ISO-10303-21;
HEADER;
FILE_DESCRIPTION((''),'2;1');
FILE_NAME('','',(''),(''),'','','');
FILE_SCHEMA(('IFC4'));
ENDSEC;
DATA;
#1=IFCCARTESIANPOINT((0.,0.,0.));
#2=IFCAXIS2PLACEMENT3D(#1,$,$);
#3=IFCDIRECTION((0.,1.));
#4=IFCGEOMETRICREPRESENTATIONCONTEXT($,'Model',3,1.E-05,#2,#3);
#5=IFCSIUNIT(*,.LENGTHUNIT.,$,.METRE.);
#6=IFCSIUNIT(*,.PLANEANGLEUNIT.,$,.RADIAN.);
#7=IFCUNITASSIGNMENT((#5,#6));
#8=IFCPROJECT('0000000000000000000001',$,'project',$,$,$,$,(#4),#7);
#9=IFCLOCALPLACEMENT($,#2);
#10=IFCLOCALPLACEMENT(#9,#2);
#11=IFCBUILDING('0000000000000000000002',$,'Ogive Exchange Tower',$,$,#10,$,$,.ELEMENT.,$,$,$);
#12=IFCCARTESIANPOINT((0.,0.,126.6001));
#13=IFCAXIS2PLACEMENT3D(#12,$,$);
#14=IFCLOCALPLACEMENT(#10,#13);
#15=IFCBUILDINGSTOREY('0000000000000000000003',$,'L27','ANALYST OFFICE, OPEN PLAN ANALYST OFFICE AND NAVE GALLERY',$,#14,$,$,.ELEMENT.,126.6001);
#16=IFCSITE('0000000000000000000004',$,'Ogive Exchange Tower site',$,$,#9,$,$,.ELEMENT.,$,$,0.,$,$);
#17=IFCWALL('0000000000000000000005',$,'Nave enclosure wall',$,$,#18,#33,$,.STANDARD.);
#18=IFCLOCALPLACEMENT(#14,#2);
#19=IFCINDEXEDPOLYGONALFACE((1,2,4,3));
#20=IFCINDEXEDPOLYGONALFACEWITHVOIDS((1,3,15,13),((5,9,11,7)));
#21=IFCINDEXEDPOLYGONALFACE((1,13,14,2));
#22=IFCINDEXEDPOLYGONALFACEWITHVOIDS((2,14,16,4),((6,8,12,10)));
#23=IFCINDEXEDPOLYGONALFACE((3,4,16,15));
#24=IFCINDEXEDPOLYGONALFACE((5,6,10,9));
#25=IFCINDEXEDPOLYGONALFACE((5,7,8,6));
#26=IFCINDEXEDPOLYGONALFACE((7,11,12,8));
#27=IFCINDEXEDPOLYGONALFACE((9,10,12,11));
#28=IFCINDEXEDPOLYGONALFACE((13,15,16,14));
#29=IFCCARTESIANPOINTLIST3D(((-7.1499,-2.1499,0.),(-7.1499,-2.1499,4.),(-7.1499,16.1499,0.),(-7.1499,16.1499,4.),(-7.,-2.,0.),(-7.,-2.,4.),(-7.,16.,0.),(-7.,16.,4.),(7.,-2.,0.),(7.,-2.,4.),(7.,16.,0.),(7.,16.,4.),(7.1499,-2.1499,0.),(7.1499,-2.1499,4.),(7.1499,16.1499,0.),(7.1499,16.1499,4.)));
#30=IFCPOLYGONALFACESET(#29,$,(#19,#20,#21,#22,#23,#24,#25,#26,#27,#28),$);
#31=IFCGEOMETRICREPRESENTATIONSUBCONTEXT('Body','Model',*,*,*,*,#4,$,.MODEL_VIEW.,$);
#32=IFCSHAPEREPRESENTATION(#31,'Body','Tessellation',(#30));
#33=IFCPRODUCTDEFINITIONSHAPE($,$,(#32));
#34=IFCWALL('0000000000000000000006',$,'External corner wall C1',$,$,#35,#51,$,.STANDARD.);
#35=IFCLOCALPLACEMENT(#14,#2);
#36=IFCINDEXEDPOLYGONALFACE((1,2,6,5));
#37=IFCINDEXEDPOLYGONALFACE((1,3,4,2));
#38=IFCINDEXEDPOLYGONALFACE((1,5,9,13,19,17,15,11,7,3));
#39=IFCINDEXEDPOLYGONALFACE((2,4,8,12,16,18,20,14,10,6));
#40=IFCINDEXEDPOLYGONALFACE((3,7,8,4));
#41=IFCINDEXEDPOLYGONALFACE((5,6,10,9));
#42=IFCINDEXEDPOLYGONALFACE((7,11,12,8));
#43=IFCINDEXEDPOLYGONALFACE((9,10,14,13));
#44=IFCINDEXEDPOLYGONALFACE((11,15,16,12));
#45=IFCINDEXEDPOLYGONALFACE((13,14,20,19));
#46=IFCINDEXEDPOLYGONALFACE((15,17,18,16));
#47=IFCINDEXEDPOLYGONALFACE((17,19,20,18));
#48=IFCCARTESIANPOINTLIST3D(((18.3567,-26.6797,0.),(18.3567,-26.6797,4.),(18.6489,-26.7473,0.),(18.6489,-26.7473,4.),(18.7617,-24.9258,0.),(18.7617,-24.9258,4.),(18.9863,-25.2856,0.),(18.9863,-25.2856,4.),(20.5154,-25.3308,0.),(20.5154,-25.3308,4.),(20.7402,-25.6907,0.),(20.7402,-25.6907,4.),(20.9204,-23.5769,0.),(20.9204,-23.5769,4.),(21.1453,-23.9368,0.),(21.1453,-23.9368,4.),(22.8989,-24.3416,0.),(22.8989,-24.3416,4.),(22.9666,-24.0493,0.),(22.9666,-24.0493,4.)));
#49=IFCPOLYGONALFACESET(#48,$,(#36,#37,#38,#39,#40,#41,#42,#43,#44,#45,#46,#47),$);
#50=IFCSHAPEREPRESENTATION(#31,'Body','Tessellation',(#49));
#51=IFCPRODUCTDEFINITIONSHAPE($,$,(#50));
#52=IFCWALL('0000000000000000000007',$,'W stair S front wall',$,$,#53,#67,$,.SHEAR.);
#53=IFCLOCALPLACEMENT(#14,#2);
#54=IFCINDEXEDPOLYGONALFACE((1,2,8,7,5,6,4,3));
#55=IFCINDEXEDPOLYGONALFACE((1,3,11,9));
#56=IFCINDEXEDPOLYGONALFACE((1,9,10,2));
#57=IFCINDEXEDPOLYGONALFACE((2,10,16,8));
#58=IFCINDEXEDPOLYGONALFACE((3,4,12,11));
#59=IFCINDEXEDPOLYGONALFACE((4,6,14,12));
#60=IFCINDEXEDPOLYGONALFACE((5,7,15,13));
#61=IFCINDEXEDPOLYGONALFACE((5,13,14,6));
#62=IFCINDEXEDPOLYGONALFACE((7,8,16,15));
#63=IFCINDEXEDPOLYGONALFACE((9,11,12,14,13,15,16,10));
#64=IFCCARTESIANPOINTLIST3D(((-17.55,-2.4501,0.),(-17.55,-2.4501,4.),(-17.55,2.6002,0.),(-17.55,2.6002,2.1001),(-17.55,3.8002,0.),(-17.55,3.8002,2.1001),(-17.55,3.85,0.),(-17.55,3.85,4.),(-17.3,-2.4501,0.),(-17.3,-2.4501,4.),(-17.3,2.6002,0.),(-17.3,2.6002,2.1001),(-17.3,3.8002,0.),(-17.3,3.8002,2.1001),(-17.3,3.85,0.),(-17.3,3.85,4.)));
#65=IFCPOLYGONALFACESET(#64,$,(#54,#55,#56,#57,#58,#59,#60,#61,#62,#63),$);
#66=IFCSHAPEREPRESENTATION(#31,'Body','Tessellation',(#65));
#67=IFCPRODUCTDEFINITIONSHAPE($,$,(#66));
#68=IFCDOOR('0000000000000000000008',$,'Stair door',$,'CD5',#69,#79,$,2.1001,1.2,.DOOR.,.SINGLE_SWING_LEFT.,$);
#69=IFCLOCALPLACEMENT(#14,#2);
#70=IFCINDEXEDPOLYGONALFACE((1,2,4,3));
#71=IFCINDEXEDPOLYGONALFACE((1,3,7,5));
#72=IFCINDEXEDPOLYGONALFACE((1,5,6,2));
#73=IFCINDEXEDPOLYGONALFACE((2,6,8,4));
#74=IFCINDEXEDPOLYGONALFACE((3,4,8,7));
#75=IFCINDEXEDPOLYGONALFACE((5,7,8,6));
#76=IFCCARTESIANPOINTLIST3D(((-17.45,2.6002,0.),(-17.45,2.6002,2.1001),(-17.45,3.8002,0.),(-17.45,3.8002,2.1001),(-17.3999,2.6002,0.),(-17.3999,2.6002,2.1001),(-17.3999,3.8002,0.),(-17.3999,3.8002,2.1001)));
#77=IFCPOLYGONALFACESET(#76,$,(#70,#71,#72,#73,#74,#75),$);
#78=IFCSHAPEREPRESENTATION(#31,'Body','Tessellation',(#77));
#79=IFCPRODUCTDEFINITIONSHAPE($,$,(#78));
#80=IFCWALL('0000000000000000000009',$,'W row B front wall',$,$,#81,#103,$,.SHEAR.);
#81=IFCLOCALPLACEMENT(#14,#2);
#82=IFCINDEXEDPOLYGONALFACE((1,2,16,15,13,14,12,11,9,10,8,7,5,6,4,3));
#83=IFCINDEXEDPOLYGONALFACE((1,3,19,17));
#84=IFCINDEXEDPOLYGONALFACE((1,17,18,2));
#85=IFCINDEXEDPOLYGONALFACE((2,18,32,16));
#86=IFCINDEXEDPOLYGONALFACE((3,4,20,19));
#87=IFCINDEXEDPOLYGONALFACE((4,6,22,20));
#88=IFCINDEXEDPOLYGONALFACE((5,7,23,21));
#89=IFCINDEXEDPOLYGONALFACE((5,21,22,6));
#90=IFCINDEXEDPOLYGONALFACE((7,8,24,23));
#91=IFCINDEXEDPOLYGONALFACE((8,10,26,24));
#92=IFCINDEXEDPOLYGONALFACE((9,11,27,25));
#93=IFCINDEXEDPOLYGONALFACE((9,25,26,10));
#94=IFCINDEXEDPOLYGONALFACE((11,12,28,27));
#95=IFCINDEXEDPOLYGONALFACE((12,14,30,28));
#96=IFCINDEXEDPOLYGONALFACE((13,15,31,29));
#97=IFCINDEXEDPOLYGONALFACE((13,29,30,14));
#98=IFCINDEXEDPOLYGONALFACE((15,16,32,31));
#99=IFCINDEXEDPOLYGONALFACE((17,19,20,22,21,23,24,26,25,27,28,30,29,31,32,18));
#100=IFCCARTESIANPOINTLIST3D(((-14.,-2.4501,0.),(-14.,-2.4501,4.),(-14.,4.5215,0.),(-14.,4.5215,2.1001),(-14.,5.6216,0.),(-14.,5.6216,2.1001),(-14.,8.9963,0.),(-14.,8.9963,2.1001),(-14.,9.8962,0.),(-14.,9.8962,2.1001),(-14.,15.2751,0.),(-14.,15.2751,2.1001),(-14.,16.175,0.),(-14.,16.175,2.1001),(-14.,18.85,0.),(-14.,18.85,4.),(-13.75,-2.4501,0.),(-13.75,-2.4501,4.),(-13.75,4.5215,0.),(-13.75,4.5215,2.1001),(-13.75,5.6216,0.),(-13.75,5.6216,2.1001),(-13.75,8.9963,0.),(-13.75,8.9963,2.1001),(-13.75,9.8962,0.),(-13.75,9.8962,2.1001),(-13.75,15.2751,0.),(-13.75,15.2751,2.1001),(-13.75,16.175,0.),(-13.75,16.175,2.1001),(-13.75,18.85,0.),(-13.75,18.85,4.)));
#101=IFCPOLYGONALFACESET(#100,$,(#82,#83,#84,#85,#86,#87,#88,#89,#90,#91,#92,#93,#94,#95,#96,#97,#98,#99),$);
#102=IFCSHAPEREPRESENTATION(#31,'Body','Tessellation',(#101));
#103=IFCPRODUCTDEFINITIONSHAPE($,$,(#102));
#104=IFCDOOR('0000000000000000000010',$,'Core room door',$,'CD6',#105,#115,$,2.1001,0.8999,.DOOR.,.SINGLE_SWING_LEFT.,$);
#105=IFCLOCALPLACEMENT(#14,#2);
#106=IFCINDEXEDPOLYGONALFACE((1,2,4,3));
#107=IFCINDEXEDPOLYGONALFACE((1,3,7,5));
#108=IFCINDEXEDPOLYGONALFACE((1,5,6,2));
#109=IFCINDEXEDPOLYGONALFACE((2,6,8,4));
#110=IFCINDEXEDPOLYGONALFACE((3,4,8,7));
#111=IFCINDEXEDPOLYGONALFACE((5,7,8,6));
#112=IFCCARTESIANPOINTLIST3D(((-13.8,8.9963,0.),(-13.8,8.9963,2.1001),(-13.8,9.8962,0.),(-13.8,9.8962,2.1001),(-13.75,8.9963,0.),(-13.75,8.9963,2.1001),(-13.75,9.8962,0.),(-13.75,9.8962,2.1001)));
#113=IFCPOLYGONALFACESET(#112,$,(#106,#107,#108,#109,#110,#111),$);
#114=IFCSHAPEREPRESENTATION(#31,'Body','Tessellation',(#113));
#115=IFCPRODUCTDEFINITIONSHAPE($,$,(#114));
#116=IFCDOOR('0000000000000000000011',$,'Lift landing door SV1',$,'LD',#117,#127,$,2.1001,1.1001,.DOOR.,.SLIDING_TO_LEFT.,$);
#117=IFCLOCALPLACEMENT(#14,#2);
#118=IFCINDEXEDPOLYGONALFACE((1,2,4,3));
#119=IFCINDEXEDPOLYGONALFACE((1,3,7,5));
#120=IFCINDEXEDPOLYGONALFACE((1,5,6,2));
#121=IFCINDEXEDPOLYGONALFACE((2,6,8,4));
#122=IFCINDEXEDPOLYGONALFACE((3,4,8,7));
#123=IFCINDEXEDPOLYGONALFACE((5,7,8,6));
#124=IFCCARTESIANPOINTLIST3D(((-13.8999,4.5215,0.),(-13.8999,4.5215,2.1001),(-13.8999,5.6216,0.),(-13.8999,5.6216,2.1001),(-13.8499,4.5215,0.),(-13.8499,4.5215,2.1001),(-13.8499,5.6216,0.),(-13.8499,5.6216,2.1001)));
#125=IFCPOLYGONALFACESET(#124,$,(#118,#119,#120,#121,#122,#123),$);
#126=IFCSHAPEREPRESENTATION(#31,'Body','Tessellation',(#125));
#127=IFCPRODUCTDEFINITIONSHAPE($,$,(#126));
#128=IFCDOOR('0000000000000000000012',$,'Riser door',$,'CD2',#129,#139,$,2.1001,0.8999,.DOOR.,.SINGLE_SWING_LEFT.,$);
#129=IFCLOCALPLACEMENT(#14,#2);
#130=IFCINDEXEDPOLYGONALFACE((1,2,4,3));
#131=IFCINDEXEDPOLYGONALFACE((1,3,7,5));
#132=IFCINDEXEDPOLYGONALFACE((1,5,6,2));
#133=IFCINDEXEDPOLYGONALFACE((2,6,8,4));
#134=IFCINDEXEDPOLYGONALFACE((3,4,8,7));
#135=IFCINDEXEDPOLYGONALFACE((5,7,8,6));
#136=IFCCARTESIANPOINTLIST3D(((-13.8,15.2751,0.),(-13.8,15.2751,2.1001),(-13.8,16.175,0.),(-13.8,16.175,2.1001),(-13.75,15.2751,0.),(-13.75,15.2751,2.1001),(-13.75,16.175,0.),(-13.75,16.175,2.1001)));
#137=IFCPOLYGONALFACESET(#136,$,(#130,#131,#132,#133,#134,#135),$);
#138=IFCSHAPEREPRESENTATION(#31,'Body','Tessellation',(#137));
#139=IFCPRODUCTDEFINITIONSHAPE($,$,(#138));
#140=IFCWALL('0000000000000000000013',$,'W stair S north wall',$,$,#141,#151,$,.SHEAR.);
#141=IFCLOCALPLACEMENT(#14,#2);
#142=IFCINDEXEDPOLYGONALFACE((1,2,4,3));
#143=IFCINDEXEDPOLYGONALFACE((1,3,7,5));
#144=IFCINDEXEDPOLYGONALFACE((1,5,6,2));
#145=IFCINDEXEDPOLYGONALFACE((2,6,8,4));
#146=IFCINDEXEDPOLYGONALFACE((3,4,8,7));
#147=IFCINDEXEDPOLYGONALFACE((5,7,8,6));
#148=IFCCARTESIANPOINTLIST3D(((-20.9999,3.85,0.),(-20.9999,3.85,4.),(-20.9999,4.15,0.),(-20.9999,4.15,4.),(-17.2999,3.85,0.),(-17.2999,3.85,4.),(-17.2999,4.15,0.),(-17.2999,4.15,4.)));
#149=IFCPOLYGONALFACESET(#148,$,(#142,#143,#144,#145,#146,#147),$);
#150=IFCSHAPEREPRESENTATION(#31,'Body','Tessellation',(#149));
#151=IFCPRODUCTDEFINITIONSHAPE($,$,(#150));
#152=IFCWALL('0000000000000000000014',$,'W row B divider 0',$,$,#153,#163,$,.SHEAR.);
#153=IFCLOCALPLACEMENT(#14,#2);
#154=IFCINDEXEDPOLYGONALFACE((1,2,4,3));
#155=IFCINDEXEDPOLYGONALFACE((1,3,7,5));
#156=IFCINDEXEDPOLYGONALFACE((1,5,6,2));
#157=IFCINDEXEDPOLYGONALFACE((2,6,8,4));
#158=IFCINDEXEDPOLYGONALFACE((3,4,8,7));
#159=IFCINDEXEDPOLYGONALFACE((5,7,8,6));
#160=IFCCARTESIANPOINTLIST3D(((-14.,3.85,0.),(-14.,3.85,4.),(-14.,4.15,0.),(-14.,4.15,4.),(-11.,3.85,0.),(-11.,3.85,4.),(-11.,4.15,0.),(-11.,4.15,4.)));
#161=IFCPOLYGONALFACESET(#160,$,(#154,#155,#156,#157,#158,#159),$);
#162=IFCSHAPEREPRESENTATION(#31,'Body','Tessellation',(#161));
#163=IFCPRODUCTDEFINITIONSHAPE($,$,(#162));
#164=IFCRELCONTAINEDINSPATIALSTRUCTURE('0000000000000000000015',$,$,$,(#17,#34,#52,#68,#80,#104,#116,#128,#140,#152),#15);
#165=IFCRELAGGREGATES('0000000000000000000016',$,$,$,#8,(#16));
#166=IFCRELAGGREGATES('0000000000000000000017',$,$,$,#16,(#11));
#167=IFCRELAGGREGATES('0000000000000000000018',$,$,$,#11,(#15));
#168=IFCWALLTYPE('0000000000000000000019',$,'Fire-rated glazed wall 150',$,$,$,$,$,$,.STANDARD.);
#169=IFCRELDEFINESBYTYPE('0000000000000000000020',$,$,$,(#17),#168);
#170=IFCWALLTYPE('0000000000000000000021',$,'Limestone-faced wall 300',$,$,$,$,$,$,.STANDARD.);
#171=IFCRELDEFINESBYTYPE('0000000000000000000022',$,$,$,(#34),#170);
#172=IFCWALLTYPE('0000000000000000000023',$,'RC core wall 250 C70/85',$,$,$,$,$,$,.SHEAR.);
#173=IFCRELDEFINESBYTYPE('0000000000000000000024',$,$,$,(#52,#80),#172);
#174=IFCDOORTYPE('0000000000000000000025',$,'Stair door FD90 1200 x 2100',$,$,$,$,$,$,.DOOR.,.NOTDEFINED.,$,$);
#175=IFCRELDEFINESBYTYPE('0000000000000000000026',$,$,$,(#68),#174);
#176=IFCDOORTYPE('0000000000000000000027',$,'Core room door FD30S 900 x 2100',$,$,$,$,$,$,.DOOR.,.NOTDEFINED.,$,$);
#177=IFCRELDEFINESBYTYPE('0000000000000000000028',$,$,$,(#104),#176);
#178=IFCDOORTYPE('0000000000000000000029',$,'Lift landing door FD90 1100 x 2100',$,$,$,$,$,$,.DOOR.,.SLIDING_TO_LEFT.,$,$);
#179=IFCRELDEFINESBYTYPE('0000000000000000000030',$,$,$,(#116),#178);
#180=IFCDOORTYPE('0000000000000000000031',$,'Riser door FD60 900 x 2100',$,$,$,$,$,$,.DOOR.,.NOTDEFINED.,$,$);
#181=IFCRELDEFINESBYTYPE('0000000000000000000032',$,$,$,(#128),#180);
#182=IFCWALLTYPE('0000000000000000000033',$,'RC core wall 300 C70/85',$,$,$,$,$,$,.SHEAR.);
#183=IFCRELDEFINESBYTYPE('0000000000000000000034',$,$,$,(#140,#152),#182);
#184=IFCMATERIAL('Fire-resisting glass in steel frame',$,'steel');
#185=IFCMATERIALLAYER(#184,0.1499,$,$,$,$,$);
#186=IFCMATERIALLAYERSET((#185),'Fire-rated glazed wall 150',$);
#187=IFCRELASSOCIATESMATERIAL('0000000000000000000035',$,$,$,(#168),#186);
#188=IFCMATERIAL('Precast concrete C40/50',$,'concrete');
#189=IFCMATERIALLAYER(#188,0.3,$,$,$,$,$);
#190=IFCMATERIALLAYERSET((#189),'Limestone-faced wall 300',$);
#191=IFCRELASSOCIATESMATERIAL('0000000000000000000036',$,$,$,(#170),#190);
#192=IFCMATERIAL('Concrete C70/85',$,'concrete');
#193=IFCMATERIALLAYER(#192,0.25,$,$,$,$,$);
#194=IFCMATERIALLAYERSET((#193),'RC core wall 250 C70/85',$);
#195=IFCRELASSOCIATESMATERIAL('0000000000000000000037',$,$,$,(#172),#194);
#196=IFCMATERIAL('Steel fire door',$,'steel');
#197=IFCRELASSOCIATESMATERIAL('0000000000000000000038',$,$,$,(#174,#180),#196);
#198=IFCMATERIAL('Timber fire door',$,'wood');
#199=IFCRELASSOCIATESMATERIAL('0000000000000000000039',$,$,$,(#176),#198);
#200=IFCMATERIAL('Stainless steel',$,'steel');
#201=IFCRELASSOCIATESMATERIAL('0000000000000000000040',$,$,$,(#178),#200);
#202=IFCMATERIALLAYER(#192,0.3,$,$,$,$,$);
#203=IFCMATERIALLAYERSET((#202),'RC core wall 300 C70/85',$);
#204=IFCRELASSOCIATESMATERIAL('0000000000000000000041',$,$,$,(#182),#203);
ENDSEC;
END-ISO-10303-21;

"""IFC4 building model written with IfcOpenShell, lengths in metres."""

from ifc_helpers import new_model, si_unit, direction, frame, frame_2d, origin, place, context, subcontext, project, spatial, polyline, rectangle, outline, extrude, material, layer, layer_set, type_object, element, fill, save


model = new_model("IFC4")

# Units and contexts
model_context = context("Model", 3, precision=1e-05, world=origin(), true_north=direction((0.0, 1.0)))
body_context = subcontext(model_context, "Body", "Model", "MODEL_VIEW")
ifc_project = project(units=[si_unit("LENGTHUNIT", "METRE"), si_unit("PLANEANGLEUNIT", "RADIAN")], contexts=[model_context])

# Site, building, storey
site_placement = place(None, origin())
site = spatial("IfcSite", under=ifc_project, at=site_placement, Name="Ogive Exchange Tower site", CompositionType="ELEMENT", RefElevation=0.0)
building_placement = place(site_placement, origin())
building = spatial("IfcBuilding", under=site, at=building_placement, Name="Ogive Exchange Tower", CompositionType="ELEMENT")
storey_placement = place(building_placement, frame((0.0, 0.0, 126.6001)))
storey = spatial("IfcBuildingStorey", under=building, at=storey_placement, Name="L27", Description="ANALYST OFFICE, OPEN PLAN ANALYST OFFICE AND NAVE GALLERY", CompositionType="ELEMENT", Elevation=126.6001)

# Walls
ifc_material_1 = material(Name="Fire-resisting glass in steel frame", Category="steel")
ifc_layer_1 = layer(ifc_material_1, 0.1499)
ifc_layer_set_1 = layer_set([ifc_layer_1], Name="Fire-rated glazed wall 150")
wall_type_1 = type_object("IfcWallType", Name="Fire-rated glazed wall 150", PredefinedType="STANDARD", material=ifc_layer_set_1)
wall_1_placement = place(storey_placement, origin())
element("IfcWall", 1, at=wall_1_placement, inside=storey, type_object=wall_type_1, Name="Nave enclosure wall", PredefinedType="STANDARD", context=body_context, shape_type="SweptSolid", body=[
    extrude(outline(polyline([(-7.1499, -2.1499), (7.1499, -2.1499), (7.1499, 16.1499), (-7.1499, 16.1499), (-7.1499, -2.1499)]), holes=[polyline([(-7.0, -2.0), (-7.0, 16.0), (7.0, 16.0), (7.0, -2.0), (-7.0, -2.0)])]), origin(), (0.0, 0.0, 1.0), 4.0),
])
ifc_material_2 = material(Name="Precast concrete C40/50", Category="concrete")
ifc_layer_2 = layer(ifc_material_2, 0.3)
ifc_layer_set_2 = layer_set([ifc_layer_2], Name="Limestone-faced wall 300")
wall_type_2 = type_object("IfcWallType", Name="Limestone-faced wall 300", PredefinedType="STANDARD", material=ifc_layer_set_2)
wall_2_placement = place(storey_placement, origin())
element("IfcWall", 2, at=wall_2_placement, inside=storey, type_object=wall_type_2, Name="External corner wall C1", PredefinedType="STANDARD", context=body_context, shape_type="SweptSolid", body=[
    extrude(outline(polyline([(20.5154, -25.3308), (20.9204, -23.5769), (22.9666, -24.0493), (22.8989, -24.3416), (21.1453, -23.9368), (20.7402, -25.6907), (18.9863, -25.2856), (18.6489, -26.7473), (18.3567, -26.6797), (18.7617, -24.9258), (20.5154, -25.3308)])), origin(), (0.0, 0.0, 1.0), 4.0),
])

# Wall, opening, door
ifc_material_3 = material(Name="Concrete C70/85", Category="concrete")
ifc_layer_3 = layer(ifc_material_3, 0.25)
ifc_layer_set_3 = layer_set([ifc_layer_3], Name="RC core wall 250 C70/85")
wall_type_3 = type_object("IfcWallType", Name="RC core wall 250 C70/85", PredefinedType="SHEAR", material=ifc_layer_set_3)
wall_3_placement = place(storey_placement, frame((-17.425, -2.45, 0.0), z_axis=(0.0, 0.0, 1.0), x_axis=(0.0, 1.0, 0.0)))
wall_3 = element("IfcWall", 3, at=wall_3_placement, inside=storey, type_object=wall_type_3, Name="W stair S front wall", PredefinedType="SHEAR", context=body_context, shape_type="SweptSolid", body=[
    extrude(rectangle(XDim=6.3, YDim=0.25, at=frame_2d((3.1499, 0.0))), origin(), (0.0, 0.0, 1.0), 4.0),
])
opening_1_placement = place(wall_3_placement, frame((5.05, 0.0, 0.0)))
opening_1 = element("IfcOpeningElement", 4, at=opening_1_placement, cuts=wall_3, PredefinedType="OPENING", context=body_context, shape_type="SweptSolid", body=[
    extrude(rectangle(XDim=1.2, YDim=2.1001, at=frame_2d((0.6001, 1.05))), frame((0.0, 0.135, 0.0), z_axis=(0.0, -1.0, 0.0), x_axis=(1.0, 0.0, 0.0)), (0.0, 0.0, 1.0), 0.27),
])
ifc_material_4 = material(Name="Steel fire door", Category="steel")
door_type_1 = type_object("IfcDoorType", Name="Stair door FD90 1200 x 2100", OperationType="NOTDEFINED", PredefinedType="DOOR", material=ifc_material_4)
door_1_placement = place(opening_1_placement, origin())
door_1 = element("IfcDoor", 5, at=door_1_placement, inside=storey, type_object=door_type_1, Name="Stair door", ObjectType="CD5", OperationType="SINGLE_SWING_LEFT", OverallHeight=2.1001, OverallWidth=1.2, PredefinedType="DOOR", context=body_context, shape_type="SweptSolid", body=[
    extrude(rectangle(XDim=1.2, YDim=2.1001, at=frame_2d((0.6001, 1.05))), frame((0.0, 0.0249, 0.0), z_axis=(0.0, -1.0, 0.0), x_axis=(1.0, 0.0, 0.0)), (0.0, 0.0, 1.0), 0.05),
])
fill(opening_1, door_1)

# Wall, openings, doors
wall_4_placement = place(storey_placement, frame((-13.875, -2.45, 0.0), z_axis=(0.0, 0.0, 1.0), x_axis=(0.0, 1.0, 0.0)))
wall_4 = element("IfcWall", 6, at=wall_4_placement, inside=storey, type_object=wall_type_3, Name="W row B front wall", PredefinedType="SHEAR", context=body_context, shape_type="SweptSolid", body=[
    extrude(rectangle(XDim=21.3, YDim=0.25, at=frame_2d((10.6499, 0.0))), origin(), (0.0, 0.0, 1.0), 4.0),
])
opening_2_placement = place(wall_4_placement, frame((11.4463, 0.0, 0.0)))
opening_2 = element("IfcOpeningElement", 7, at=opening_2_placement, cuts=wall_4, PredefinedType="OPENING", context=body_context, shape_type="SweptSolid", body=[
    extrude(rectangle(XDim=0.8999, YDim=2.1001, at=frame_2d((0.45, 1.05))), frame((0.0, 0.135, 0.0), z_axis=(0.0, -1.0, 0.0), x_axis=(1.0, 0.0, 0.0)), (0.0, 0.0, 1.0), 0.27),
])
opening_3_placement = place(wall_4_placement, frame((17.7251, 0.0, 0.0)))
opening_3 = element("IfcOpeningElement", 8, at=opening_3_placement, cuts=wall_4, PredefinedType="OPENING", context=body_context, shape_type="SweptSolid", body=[
    extrude(rectangle(XDim=0.8999, YDim=2.1001, at=frame_2d((0.45, 1.05))), frame((0.0, 0.135, 0.0), z_axis=(0.0, -1.0, 0.0), x_axis=(1.0, 0.0, 0.0)), (0.0, 0.0, 1.0), 0.27),
])
opening_4_placement = place(wall_4_placement, frame((6.9714, 0.0, 0.0)))
opening_4 = element("IfcOpeningElement", 9, at=opening_4_placement, cuts=wall_4, PredefinedType="OPENING", context=body_context, shape_type="SweptSolid", body=[
    extrude(rectangle(XDim=1.1001, YDim=2.1001, at=frame_2d((0.55, 1.05))), frame((0.0, 0.135, 0.0), z_axis=(0.0, -1.0, 0.0), x_axis=(1.0, 0.0, 0.0)), (0.0, 0.0, 1.0), 0.27),
])
ifc_material_5 = material(Name="Timber fire door", Category="wood")
door_type_2 = type_object("IfcDoorType", Name="Core room door FD30S 900 x 2100", OperationType="NOTDEFINED", PredefinedType="DOOR", material=ifc_material_5)
door_2_placement = place(opening_2_placement, frame((0.8999, -0.2002, 0.0), z_axis=(0.0, 0.0, 1.0), x_axis=(-1.0, 0.0, 0.0)))
door_2 = element("IfcDoor", 10, at=door_2_placement, inside=storey, type_object=door_type_2, Name="Core room door", ObjectType="CD6", OperationType="SINGLE_SWING_LEFT", OverallHeight=2.1001, OverallWidth=0.8999, PredefinedType="DOOR", context=body_context, shape_type="SweptSolid", body=[
    extrude(rectangle(XDim=0.8999, YDim=2.1001, at=frame_2d((0.45, 1.05))), frame((0.0, -0.0752, 0.0), z_axis=(0.0, -1.0, 0.0), x_axis=(1.0, 0.0, 0.0)), (0.0, 0.0, 1.0), 0.05),
])
fill(opening_2, door_2)
ifc_material_6 = material(Name="Stainless steel", Category="steel")
door_type_3 = type_object("IfcDoorType", Name="Lift landing door FD90 1100 x 2100", OperationType="SLIDING_TO_LEFT", PredefinedType="DOOR", material=ifc_material_6)
door_3_placement = place(opening_4_placement, origin())
door_3 = element("IfcDoor", 11, at=door_3_placement, inside=storey, type_object=door_type_3, Name="Lift landing door SV1", ObjectType="LD", OperationType="SLIDING_TO_LEFT", OverallHeight=2.1001, OverallWidth=1.1001, PredefinedType="DOOR", context=body_context, shape_type="SweptSolid", body=[
    extrude(rectangle(XDim=1.1001, YDim=2.1001, at=frame_2d((0.55, 1.05))), frame((0.0, 0.0249, 0.0), z_axis=(0.0, -1.0, 0.0), x_axis=(1.0, 0.0, 0.0)), (0.0, 0.0, 1.0), 0.05),
])
fill(opening_4, door_3)
door_type_4 = type_object("IfcDoorType", Name="Riser door FD60 900 x 2100", OperationType="NOTDEFINED", PredefinedType="DOOR", material=ifc_material_4)
door_4_placement = place(opening_3_placement, frame((0.8999, -0.2002, 0.0), z_axis=(0.0, 0.0, 1.0), x_axis=(-1.0, 0.0, 0.0)))
door_4 = element("IfcDoor", 12, at=door_4_placement, inside=storey, type_object=door_type_4, Name="Riser door", ObjectType="CD2", OperationType="SINGLE_SWING_LEFT", OverallHeight=2.1001, OverallWidth=0.8999, PredefinedType="DOOR", context=body_context, shape_type="SweptSolid", body=[
    extrude(rectangle(XDim=0.8999, YDim=2.1001, at=frame_2d((0.45, 1.05))), frame((0.0, -0.0752, 0.0), z_axis=(0.0, -1.0, 0.0), x_axis=(1.0, 0.0, 0.0)), (0.0, 0.0, 1.0), 0.05),
])
fill(opening_3, door_4)

# Walls
ifc_layer_4 = layer(ifc_material_3, 0.3)
ifc_layer_set_4 = layer_set([ifc_layer_4], Name="RC core wall 300 C70/85")
wall_type_4 = type_object("IfcWallType", Name="RC core wall 300 C70/85", PredefinedType="SHEAR", material=ifc_layer_set_4)
wall_5_placement = place(storey_placement, frame((-21.0, 4.0, 0.0), z_axis=(0.0, 0.0, 1.0), x_axis=(1.0, 0.0, 0.0)))
element("IfcWall", 13, at=wall_5_placement, inside=storey, type_object=wall_type_4, Name="W stair S north wall", PredefinedType="SHEAR", context=body_context, shape_type="SweptSolid", body=[
    extrude(rectangle(XDim=3.7, YDim=0.3, at=frame_2d((1.8501, 0.0))), origin(), (0.0, 0.0, 1.0), 4.0),
])
wall_6_placement = place(storey_placement, frame((-14.0, 4.0, 0.0), z_axis=(0.0, 0.0, 1.0), x_axis=(1.0, 0.0, 0.0)))
element("IfcWall", 14, at=wall_6_placement, inside=storey, type_object=wall_type_4, Name="W row B divider 0", PredefinedType="SHEAR", context=body_context, shape_type="SweptSolid", body=[
    extrude(rectangle(XDim=3.0, YDim=0.3, at=frame_2d((1.5, 0.0))), origin(), (0.0, 0.0, 1.0), 4.0),
])

save(model, "model.ifc")
